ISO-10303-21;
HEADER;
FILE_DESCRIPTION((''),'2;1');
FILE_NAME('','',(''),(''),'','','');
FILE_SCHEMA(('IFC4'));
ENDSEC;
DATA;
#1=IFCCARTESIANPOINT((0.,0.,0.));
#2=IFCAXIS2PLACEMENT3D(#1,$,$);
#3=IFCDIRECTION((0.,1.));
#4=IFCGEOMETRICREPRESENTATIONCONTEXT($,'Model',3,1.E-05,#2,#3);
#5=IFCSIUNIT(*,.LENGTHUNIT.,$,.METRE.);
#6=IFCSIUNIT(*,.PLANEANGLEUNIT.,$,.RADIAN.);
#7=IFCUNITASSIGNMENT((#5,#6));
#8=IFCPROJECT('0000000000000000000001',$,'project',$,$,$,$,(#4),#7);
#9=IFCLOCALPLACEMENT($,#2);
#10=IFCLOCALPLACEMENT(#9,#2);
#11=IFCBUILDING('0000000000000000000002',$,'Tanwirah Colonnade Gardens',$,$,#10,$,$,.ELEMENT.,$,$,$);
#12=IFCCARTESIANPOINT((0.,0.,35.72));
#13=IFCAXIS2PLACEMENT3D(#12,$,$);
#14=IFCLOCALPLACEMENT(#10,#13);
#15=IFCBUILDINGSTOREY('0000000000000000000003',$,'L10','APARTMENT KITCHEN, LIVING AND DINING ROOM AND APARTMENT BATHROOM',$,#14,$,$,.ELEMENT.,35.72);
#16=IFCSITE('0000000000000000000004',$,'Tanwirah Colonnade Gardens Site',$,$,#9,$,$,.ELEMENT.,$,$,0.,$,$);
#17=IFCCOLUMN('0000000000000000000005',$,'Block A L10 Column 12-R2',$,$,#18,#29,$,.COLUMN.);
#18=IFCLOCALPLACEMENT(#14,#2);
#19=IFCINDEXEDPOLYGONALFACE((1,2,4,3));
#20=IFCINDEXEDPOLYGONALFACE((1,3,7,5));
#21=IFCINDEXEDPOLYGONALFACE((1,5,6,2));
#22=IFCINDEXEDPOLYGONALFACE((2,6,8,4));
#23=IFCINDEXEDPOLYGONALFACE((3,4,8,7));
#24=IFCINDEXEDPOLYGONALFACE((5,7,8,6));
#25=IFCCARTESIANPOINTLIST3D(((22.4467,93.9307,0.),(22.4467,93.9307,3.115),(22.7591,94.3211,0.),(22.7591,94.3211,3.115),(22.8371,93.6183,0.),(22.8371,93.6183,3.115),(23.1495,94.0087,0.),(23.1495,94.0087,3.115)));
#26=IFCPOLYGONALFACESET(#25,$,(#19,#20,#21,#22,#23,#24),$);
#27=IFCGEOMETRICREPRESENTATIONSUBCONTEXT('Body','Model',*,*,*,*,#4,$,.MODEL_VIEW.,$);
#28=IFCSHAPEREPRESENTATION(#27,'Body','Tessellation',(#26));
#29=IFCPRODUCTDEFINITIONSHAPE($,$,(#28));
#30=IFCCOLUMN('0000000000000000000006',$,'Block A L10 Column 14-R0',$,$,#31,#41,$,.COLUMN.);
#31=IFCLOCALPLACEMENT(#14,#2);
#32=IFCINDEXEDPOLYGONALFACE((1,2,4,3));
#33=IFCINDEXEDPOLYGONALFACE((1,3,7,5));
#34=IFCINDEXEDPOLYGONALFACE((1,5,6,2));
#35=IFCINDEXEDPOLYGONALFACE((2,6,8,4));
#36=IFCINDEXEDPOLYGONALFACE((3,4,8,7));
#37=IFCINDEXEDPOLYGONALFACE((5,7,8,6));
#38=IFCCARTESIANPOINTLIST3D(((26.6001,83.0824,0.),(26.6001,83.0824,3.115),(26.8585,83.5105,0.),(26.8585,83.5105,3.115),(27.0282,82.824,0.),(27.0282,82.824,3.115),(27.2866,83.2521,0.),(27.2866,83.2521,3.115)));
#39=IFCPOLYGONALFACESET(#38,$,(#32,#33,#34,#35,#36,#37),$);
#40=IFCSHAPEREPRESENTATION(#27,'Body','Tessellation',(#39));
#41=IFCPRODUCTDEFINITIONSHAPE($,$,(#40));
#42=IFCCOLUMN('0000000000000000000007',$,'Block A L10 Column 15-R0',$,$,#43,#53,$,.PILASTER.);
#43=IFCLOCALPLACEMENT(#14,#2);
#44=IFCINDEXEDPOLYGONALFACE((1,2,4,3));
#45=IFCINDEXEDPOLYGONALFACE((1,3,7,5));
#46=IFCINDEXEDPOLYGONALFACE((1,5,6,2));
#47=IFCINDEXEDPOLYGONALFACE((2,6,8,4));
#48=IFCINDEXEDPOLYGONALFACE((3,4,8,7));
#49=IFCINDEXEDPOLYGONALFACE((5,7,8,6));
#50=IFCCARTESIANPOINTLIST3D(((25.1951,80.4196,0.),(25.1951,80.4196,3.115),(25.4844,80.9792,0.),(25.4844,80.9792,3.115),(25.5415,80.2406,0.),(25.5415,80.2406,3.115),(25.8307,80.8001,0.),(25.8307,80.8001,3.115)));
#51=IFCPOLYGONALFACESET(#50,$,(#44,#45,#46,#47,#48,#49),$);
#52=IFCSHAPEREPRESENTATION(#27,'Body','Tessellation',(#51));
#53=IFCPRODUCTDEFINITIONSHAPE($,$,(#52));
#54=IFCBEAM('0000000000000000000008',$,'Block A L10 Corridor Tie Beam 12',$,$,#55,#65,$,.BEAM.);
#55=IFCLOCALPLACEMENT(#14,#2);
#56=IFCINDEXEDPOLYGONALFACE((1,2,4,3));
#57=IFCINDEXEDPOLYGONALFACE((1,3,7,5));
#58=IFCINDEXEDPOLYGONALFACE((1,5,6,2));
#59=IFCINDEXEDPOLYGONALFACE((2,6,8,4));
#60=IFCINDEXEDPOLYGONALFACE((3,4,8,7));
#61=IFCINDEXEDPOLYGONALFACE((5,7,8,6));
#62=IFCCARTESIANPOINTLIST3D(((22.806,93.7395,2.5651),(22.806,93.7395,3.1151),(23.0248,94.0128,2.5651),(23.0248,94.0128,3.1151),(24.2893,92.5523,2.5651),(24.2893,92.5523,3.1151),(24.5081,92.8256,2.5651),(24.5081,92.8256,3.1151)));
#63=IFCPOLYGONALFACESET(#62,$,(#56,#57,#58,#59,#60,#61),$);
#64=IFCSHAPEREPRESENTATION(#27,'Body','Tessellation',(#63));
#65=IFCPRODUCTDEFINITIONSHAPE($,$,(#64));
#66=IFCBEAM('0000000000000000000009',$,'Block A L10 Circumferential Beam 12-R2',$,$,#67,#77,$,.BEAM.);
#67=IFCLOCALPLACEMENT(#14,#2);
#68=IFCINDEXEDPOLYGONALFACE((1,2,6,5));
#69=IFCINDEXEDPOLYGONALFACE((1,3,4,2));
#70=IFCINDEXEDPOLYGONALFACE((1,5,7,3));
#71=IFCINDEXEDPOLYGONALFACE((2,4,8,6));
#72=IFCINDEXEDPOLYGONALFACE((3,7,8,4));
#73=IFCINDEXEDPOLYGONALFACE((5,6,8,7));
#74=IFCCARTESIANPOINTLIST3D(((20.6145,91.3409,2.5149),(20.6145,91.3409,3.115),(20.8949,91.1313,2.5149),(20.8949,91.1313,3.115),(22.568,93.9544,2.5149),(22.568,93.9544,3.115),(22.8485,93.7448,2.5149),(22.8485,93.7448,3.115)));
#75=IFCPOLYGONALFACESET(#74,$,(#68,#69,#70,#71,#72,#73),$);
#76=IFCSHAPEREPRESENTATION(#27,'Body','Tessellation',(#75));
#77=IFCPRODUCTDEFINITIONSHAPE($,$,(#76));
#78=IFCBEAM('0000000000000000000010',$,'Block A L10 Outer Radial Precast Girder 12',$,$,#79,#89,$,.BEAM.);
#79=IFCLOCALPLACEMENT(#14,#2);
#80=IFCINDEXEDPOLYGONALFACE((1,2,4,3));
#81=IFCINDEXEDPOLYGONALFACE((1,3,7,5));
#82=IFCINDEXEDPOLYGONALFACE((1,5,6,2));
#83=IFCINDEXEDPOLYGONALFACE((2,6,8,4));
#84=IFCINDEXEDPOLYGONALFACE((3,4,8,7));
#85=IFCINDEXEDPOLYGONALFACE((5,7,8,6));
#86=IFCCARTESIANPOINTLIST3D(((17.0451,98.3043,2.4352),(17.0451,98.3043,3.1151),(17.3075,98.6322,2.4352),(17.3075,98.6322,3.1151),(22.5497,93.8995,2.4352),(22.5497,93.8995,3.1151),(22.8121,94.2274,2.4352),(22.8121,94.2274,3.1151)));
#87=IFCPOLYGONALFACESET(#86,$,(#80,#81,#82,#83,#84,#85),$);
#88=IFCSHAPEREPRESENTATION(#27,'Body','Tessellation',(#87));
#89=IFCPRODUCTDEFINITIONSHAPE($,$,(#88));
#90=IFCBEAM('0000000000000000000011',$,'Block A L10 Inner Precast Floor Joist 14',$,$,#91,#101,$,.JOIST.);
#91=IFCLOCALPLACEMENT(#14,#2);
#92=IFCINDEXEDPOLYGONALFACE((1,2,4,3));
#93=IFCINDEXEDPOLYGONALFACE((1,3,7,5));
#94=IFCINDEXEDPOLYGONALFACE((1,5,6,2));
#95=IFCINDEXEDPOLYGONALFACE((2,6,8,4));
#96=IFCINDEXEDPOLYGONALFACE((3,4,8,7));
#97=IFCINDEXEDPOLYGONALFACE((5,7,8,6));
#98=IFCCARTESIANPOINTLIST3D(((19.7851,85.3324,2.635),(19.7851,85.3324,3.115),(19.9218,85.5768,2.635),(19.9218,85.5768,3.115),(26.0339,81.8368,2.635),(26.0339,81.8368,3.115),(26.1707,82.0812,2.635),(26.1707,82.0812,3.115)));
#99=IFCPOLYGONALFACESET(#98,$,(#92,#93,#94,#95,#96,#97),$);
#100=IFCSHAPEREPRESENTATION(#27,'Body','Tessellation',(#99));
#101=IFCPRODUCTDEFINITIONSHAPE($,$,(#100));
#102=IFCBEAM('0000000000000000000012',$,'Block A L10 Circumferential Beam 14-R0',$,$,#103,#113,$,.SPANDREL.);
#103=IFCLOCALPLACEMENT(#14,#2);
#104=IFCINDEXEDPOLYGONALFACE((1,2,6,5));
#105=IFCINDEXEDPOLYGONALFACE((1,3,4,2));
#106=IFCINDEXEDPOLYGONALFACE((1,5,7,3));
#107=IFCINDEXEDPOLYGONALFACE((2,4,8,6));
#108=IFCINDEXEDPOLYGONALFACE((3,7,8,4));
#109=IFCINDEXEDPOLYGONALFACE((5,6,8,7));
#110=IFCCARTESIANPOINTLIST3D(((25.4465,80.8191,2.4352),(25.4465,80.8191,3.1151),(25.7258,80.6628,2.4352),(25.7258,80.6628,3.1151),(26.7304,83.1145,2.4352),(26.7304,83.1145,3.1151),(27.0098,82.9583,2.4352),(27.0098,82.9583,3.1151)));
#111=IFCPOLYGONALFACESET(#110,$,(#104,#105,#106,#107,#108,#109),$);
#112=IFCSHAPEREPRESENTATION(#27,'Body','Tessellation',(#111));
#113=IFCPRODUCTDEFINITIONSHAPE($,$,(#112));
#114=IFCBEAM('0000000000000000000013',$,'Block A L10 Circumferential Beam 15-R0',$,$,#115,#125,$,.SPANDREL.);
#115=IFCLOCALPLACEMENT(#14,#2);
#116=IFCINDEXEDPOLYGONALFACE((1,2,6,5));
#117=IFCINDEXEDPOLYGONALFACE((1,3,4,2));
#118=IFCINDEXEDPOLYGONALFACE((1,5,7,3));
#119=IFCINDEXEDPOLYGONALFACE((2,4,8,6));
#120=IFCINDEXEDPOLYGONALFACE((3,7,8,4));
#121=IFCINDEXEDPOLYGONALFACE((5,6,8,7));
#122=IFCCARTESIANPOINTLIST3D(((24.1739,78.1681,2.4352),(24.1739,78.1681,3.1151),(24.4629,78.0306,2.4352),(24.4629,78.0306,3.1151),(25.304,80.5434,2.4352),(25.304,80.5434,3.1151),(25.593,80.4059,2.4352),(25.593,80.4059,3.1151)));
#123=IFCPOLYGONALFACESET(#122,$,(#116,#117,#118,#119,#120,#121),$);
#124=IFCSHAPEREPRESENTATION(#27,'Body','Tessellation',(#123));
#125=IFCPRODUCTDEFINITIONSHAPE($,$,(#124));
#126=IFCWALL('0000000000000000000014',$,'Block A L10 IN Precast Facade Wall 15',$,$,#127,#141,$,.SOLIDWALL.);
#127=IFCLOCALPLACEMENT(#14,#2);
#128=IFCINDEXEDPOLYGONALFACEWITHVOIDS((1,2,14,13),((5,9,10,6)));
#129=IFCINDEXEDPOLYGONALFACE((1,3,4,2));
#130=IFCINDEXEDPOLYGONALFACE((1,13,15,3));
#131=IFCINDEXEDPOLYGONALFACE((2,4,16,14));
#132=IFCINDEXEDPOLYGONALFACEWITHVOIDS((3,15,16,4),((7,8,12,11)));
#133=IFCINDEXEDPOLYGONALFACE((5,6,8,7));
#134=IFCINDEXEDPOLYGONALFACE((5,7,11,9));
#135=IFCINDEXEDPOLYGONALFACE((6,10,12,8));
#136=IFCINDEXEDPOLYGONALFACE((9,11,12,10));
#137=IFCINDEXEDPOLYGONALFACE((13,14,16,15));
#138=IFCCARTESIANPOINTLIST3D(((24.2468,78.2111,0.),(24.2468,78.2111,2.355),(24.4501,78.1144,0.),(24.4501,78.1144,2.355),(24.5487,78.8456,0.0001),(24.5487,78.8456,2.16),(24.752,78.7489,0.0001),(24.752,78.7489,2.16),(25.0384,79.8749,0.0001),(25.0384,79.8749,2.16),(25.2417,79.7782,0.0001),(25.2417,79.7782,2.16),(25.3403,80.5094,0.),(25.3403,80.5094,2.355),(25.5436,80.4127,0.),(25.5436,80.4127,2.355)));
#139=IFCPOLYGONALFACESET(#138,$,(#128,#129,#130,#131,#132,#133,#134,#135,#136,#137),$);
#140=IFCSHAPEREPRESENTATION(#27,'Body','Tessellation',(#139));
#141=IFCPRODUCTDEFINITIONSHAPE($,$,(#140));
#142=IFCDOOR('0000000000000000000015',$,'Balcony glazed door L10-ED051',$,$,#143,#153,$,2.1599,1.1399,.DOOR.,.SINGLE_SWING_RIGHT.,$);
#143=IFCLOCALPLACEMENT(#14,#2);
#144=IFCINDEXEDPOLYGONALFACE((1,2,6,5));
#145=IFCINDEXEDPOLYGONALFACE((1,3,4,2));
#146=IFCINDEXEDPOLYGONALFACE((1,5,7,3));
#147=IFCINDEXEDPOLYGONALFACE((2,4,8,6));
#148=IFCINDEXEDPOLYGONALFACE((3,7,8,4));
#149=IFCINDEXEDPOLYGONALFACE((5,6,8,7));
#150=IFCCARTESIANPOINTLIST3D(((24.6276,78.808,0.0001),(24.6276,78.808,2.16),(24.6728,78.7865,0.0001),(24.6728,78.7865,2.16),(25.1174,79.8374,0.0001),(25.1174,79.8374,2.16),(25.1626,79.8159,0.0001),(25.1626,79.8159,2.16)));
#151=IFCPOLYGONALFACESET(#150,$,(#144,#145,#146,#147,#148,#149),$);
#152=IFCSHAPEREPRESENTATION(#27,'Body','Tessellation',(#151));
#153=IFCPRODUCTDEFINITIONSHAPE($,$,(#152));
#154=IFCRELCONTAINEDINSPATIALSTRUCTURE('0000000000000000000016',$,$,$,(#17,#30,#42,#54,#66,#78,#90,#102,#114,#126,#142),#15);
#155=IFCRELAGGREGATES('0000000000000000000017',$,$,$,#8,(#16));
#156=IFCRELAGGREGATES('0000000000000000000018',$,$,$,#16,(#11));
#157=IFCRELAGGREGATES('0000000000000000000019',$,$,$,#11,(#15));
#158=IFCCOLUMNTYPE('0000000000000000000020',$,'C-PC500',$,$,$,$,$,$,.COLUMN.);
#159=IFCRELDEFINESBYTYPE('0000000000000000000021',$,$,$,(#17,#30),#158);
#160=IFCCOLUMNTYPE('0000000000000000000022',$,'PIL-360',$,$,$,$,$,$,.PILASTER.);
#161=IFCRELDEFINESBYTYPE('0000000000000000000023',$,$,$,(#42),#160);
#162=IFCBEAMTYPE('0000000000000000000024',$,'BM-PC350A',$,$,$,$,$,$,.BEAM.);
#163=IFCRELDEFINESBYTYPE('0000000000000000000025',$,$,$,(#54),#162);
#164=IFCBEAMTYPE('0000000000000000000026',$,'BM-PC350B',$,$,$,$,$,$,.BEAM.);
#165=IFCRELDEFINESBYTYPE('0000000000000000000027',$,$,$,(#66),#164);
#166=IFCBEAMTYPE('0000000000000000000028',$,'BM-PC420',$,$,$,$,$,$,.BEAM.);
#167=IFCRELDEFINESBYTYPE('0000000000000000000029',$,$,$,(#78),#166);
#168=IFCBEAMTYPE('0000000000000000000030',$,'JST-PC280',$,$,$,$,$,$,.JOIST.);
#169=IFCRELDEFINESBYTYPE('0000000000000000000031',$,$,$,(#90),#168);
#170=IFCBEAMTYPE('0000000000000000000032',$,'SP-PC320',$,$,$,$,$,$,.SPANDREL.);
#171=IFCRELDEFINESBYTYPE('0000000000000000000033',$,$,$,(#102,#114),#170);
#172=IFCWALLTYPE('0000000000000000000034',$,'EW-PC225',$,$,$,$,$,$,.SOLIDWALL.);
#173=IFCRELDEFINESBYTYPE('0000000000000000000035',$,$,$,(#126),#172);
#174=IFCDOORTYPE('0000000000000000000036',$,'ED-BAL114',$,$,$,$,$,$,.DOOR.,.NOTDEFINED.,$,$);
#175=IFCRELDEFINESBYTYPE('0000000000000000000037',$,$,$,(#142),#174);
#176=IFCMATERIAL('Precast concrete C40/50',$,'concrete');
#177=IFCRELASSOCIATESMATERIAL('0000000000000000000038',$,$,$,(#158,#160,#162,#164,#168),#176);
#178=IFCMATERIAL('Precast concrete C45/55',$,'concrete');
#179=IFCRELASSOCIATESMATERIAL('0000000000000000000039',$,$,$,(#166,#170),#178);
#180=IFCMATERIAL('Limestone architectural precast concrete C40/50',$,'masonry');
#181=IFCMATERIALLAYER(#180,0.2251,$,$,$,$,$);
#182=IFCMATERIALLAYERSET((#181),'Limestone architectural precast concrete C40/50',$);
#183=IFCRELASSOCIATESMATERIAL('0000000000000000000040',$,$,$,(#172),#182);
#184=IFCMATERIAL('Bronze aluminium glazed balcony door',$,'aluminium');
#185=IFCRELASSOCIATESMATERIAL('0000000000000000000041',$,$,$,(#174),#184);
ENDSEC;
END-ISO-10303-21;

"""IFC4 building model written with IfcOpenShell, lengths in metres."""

from ifc_helpers import new_model, si_unit, direction, frame, frame_2d, origin, origin_2d, place, context, subcontext, project, spatial, rectangle, extrude, material, layer, layer_set, material_profile, profile_set, type_object, element, fill, save


model = new_model("IFC4")

# Units and contexts
model_context = context("Model", 3, precision=1e-05, world=origin(), true_north=direction((0.0, 1.0)))
body_context = subcontext(model_context, "Body", "Model", "MODEL_VIEW")
ifc_project = project(units=[si_unit("LENGTHUNIT", "METRE"), si_unit("PLANEANGLEUNIT", "RADIAN")], contexts=[model_context])

# Site, building, storey
site_placement = place(None, origin())
site = spatial("IfcSite", under=ifc_project, at=site_placement, Name="Tanwirah Colonnade Gardens Site", CompositionType="ELEMENT", RefElevation=0.0)
building_placement = place(site_placement, origin())
building = spatial("IfcBuilding", under=site, at=building_placement, Name="Tanwirah Colonnade Gardens", CompositionType="ELEMENT")
storey_placement = place(building_placement, frame((0.0, 0.0, 35.72)))
storey = spatial("IfcBuildingStorey", under=building, at=storey_placement, Name="L10", Description="APARTMENT KITCHEN, LIVING AND DINING ROOM AND APARTMENT BATHROOM", CompositionType="ELEMENT", Elevation=35.72)

# Columns
ifc_material_1 = material(Name="Precast concrete C40/50", Category="concrete")
ifc_material_profile_1 = material_profile(ifc_material_1, rectangle(XDim=0.5, YDim=0.5, at=origin_2d()), Name="PC-COL 500x500")
ifc_profile_set_1 = profile_set([ifc_material_profile_1], Name="Precast concrete C40/50")
column_type_1 = type_object("IfcColumnType", Name="C-PC500", PredefinedType="COLUMN", material=ifc_profile_set_1)
for number, where, z_axis, x_axis, name in (
    (1, (22.7981, 93.9697, 0.0), (0.0, 0.0, 1.0), (-0.780794, 0.624788, 0.0), "Block A L10 Column 12-R2"),
    (2, (26.9434, 83.1672, 0.0), (0.0, 0.0, 1.0), (-0.856167, 0.516699, 0.0), "Block A L10 Column 14-R0"),
):
    element("IfcColumn", number, at=place(storey_placement, frame(where, z_axis=z_axis, x_axis=x_axis)), inside=storey, type_object=column_type_1, Name=name, PredefinedType="COLUMN", context=body_context, shape_type="SweptSolid", body=[
        extrude(rectangle(XDim=0.5, YDim=0.5, at=origin_2d()), origin(), (0.0, 0.0, 1.0), 3.115),
    ])
ifc_material_profile_2 = material_profile(ifc_material_1, rectangle(XDim=0.3899, YDim=0.6299, at=origin_2d()), Name="PC-PIL 390x630")
ifc_profile_set_2 = profile_set([ifc_material_profile_2], Name="Precast concrete C40/50")
column_type_2 = type_object("IfcColumnType", Name="PIL-360", PredefinedType="PILASTER", material=ifc_profile_set_2)
column_placement = place(storey_placement, frame((25.5129, 80.6099, 0.0), z_axis=(0.0, 0.0, 1.0), x_axis=(-0.88835, 0.459166, 0.0)))
element("IfcColumn", 3, at=column_placement, inside=storey, type_object=column_type_2, Name="Block A L10 Column 15-R0", PredefinedType="PILASTER", context=body_context, shape_type="SweptSolid", body=[
    extrude(rectangle(XDim=0.3899, YDim=0.6299, at=origin_2d()), origin(), (0.0, 0.0, 1.0), 3.115),
])

# Beams
ifc_material_profile_3 = material_profile(ifc_material_1, rectangle(XDim=0.3501, YDim=0.55, at=origin_2d()), Name="PC-BM 350x550")
ifc_profile_set_3 = profile_set([ifc_material_profile_3], Name="Precast concrete C40/50")
beam_type_1 = type_object("IfcBeamType", Name="BM-PC350A", PredefinedType="BEAM", material=ifc_profile_set_3)
beam_1_placement = place(storey_placement, frame((24.3987, 92.689, 2.8401), z_axis=(-0.780731, 0.624867, 0.0), x_axis=(-0.624867, -0.780731, 0.0)))
element("IfcBeam", 4, at=beam_1_placement, inside=storey, type_object=beam_type_1, Name="Block A L10 Corridor Tie Beam 12", PredefinedType="BEAM", context=body_context, shape_type="SweptSolid", body=[
    extrude(rectangle(XDim=0.3501, YDim=0.55, at=origin_2d()), origin(), (0.0, 0.0, 1.0), 1.8999),
])
ifc_material_profile_4 = material_profile(ifc_material_1, rectangle(XDim=0.3501, YDim=0.6001, at=origin_2d()), Name="PC-BM 350x600")
ifc_profile_set_4 = profile_set([ifc_material_profile_4], Name="Precast concrete C40/50")
beam_type_2 = type_object("IfcBeamType", Name="BM-PC350B", PredefinedType="BEAM", material=ifc_profile_set_4)
beam_2_placement = place(storey_placement, frame((22.7083, 93.8496, 2.8149), z_axis=(-0.598718, -0.80096, 0.0), x_axis=(0.80096, -0.598718, 0.0)))
element("IfcBeam", 5, at=beam_2_placement, inside=storey, type_object=beam_type_2, Name="Block A L10 Circumferential Beam 12-R2", PredefinedType="BEAM", context=body_context, shape_type="SweptSolid", body=[
    extrude(rectangle(XDim=0.3501, YDim=0.6001, at=origin_2d()), origin(), (0.0, 0.0, 1.0), 3.2629),
])
ifc_material_2 = material(Name="Precast concrete C45/55", Category="concrete")
ifc_material_profile_5 = material_profile(ifc_material_2, rectangle(XDim=0.4199, YDim=0.6799, at=origin_2d()), Name="PC-BM 420x680")
ifc_profile_set_5 = profile_set([ifc_material_profile_5], Name="Precast concrete C45/55")
beam_type_3 = type_object("IfcBeamType", Name="BM-PC420", PredefinedType="BEAM", material=ifc_profile_set_5)
beam_3_placement = place(storey_placement, frame((22.6809, 94.0635, 2.7751), z_axis=(-0.780794, 0.624788, 0.0), x_axis=(-0.624788, -0.780794, 0.0)))
element("IfcBeam", 6, at=beam_3_placement, inside=storey, type_object=beam_type_3, Name="Block A L10 Outer Radial Precast Girder 12", PredefinedType="BEAM", context=body_context, shape_type="SweptSolid", body=[
    extrude(rectangle(XDim=0.4199, YDim=0.6799, at=origin_2d()), origin(), (0.0, 0.0, 1.0), 7.05),
])
ifc_material_profile_6 = material_profile(ifc_material_1, rectangle(XDim=0.28, YDim=0.48, at=origin_2d()), Name="PC-JST 280x480")
ifc_profile_set_6 = profile_set([ifc_material_profile_6], Name="Precast concrete C40/50")
beam_type_4 = type_object("IfcBeamType", Name="JST-PC280", PredefinedType="JOIST", material=ifc_profile_set_6)
beam_4_placement = place(storey_placement, frame((26.1023, 81.959, 2.875), z_axis=(-0.872727, 0.488209, 0.0), x_axis=(-0.488209, -0.872727, 0.0)))
element("IfcBeam", 7, at=beam_4_placement, inside=storey, type_object=beam_type_4, Name="Block A L10 Inner Precast Floor Joist 14", PredefinedType="JOIST", context=body_context, shape_type="SweptSolid", body=[
    extrude(rectangle(XDim=0.28, YDim=0.48, at=origin_2d()), origin(), (0.0, 0.0, 1.0), 7.1602),
])
ifc_material_profile_7 = material_profile(ifc_material_2, rectangle(XDim=0.3201, YDim=0.6799, at=origin_2d()), Name="PC-SP 320x680")
ifc_profile_set_7 = profile_set([ifc_material_profile_7], Name="Precast concrete C45/55")
beam_type_5 = type_object("IfcBeamType", Name="SP-PC320", PredefinedType="SPANDREL", material=ifc_profile_set_7)
beam_5_placement = place(storey_placement, frame((26.8701, 83.0364, 2.7751), z_axis=(-0.488171, -0.872748, 0.0), x_axis=(0.872748, -0.488171, 0.0)))
element("IfcBeam", 8, at=beam_5_placement, inside=storey, type_object=beam_type_5, Name="Block A L10 Circumferential Beam 14-R0", PredefinedType="SPANDREL", context=body_context, shape_type="SweptSolid", body=[
    extrude(rectangle(XDim=0.3201, YDim=0.6799, at=origin_2d()), origin(), (0.0, 0.0, 1.0), 2.6301),
])
beam_6_placement = place(storey_placement, frame((25.4485, 80.4746, 2.7751), z_axis=(-0.429642, -0.902999, 0.0), x_axis=(0.902999, -0.429642, 0.0)))
element("IfcBeam", 9, at=beam_6_placement, inside=storey, type_object=beam_type_5, Name="Block A L10 Circumferential Beam 15-R0", PredefinedType="SPANDREL", context=body_context, shape_type="SweptSolid", body=[
    extrude(rectangle(XDim=0.3201, YDim=0.6799, at=origin_2d()), origin(), (0.0, 0.0, 1.0), 2.6304),
])

# Wall, opening, door
ifc_material_3 = material(Name="Limestone architectural precast concrete C40/50", Category="masonry")
ifc_layer_1 = layer(ifc_material_3, 0.2251)
ifc_layer_set_1 = layer_set([ifc_layer_1], Name="Limestone architectural precast concrete C40/50")
wall_type_1 = type_object("IfcWallType", Name="EW-PC225", PredefinedType="SOLIDWALL", material=ifc_layer_set_1)
wall_1_placement = place(storey_placement, frame((25.4419, 80.4609, 0.0), z_axis=(0.0, 0.0, 1.0), x_axis=(-0.429632, -0.903004, 0.0)))
wall_1 = element("IfcWall", 10, at=wall_1_placement, inside=storey, type_object=wall_type_1, Name="Block A L10 IN Precast Facade Wall 15", PredefinedType="SOLIDWALL", context=body_context, shape_type="SweptSolid", body=[
    extrude(rectangle(XDim=2.5452, YDim=0.2251, at=frame_2d((1.2725, 0.0))), origin(), (0.0, 0.0, 1.0), 2.355),
])
opening_1_placement = place(wall_1_placement, frame((0.7026, 0.0, 0.0)))
opening_1 = element("IfcOpeningElement", 11, at=opening_1_placement, cuts=wall_1, PredefinedType="OPENING", context=body_context, shape_type="SweptSolid", body=[
    extrude(rectangle(XDim=1.1399, YDim=2.1599, at=frame_2d((0.5698, 1.0801))), frame((0.0, 0.1226, 0.0), z_axis=(0.0, -1.0, 0.0), x_axis=(1.0, 0.0, 0.0)), (0.0, 0.0, 1.0), 0.2451),
])
ifc_material_4 = material(Name="Bronze aluminium glazed balcony door", Category="aluminium")
door_type_1 = type_object("IfcDoorType", Name="ED-BAL114", OperationType="NOTDEFINED", PredefinedType="DOOR", material=ifc_material_4)
door_1_placement = place(opening_1_placement, origin())
door_1 = element("IfcDoor", 12, at=door_1_placement, inside=storey, type_object=door_type_1, Name="Balcony glazed door L10-ED051", OperationType="SINGLE_SWING_RIGHT", OverallHeight=2.1599, OverallWidth=1.1399, PredefinedType="DOOR", context=body_context, shape_type="SweptSolid", body=[
    extrude(rectangle(XDim=1.1399, YDim=2.1599, at=frame_2d((0.5698, 1.0801))), frame((0.0, 0.0249, 0.0), z_axis=(0.0, -1.0, 0.0), x_axis=(1.0, 0.0, 0.0)), (0.0, 0.0, 1.0), 0.05),
])
fill(opening_1, door_1)

save(model, "model.ifc")
